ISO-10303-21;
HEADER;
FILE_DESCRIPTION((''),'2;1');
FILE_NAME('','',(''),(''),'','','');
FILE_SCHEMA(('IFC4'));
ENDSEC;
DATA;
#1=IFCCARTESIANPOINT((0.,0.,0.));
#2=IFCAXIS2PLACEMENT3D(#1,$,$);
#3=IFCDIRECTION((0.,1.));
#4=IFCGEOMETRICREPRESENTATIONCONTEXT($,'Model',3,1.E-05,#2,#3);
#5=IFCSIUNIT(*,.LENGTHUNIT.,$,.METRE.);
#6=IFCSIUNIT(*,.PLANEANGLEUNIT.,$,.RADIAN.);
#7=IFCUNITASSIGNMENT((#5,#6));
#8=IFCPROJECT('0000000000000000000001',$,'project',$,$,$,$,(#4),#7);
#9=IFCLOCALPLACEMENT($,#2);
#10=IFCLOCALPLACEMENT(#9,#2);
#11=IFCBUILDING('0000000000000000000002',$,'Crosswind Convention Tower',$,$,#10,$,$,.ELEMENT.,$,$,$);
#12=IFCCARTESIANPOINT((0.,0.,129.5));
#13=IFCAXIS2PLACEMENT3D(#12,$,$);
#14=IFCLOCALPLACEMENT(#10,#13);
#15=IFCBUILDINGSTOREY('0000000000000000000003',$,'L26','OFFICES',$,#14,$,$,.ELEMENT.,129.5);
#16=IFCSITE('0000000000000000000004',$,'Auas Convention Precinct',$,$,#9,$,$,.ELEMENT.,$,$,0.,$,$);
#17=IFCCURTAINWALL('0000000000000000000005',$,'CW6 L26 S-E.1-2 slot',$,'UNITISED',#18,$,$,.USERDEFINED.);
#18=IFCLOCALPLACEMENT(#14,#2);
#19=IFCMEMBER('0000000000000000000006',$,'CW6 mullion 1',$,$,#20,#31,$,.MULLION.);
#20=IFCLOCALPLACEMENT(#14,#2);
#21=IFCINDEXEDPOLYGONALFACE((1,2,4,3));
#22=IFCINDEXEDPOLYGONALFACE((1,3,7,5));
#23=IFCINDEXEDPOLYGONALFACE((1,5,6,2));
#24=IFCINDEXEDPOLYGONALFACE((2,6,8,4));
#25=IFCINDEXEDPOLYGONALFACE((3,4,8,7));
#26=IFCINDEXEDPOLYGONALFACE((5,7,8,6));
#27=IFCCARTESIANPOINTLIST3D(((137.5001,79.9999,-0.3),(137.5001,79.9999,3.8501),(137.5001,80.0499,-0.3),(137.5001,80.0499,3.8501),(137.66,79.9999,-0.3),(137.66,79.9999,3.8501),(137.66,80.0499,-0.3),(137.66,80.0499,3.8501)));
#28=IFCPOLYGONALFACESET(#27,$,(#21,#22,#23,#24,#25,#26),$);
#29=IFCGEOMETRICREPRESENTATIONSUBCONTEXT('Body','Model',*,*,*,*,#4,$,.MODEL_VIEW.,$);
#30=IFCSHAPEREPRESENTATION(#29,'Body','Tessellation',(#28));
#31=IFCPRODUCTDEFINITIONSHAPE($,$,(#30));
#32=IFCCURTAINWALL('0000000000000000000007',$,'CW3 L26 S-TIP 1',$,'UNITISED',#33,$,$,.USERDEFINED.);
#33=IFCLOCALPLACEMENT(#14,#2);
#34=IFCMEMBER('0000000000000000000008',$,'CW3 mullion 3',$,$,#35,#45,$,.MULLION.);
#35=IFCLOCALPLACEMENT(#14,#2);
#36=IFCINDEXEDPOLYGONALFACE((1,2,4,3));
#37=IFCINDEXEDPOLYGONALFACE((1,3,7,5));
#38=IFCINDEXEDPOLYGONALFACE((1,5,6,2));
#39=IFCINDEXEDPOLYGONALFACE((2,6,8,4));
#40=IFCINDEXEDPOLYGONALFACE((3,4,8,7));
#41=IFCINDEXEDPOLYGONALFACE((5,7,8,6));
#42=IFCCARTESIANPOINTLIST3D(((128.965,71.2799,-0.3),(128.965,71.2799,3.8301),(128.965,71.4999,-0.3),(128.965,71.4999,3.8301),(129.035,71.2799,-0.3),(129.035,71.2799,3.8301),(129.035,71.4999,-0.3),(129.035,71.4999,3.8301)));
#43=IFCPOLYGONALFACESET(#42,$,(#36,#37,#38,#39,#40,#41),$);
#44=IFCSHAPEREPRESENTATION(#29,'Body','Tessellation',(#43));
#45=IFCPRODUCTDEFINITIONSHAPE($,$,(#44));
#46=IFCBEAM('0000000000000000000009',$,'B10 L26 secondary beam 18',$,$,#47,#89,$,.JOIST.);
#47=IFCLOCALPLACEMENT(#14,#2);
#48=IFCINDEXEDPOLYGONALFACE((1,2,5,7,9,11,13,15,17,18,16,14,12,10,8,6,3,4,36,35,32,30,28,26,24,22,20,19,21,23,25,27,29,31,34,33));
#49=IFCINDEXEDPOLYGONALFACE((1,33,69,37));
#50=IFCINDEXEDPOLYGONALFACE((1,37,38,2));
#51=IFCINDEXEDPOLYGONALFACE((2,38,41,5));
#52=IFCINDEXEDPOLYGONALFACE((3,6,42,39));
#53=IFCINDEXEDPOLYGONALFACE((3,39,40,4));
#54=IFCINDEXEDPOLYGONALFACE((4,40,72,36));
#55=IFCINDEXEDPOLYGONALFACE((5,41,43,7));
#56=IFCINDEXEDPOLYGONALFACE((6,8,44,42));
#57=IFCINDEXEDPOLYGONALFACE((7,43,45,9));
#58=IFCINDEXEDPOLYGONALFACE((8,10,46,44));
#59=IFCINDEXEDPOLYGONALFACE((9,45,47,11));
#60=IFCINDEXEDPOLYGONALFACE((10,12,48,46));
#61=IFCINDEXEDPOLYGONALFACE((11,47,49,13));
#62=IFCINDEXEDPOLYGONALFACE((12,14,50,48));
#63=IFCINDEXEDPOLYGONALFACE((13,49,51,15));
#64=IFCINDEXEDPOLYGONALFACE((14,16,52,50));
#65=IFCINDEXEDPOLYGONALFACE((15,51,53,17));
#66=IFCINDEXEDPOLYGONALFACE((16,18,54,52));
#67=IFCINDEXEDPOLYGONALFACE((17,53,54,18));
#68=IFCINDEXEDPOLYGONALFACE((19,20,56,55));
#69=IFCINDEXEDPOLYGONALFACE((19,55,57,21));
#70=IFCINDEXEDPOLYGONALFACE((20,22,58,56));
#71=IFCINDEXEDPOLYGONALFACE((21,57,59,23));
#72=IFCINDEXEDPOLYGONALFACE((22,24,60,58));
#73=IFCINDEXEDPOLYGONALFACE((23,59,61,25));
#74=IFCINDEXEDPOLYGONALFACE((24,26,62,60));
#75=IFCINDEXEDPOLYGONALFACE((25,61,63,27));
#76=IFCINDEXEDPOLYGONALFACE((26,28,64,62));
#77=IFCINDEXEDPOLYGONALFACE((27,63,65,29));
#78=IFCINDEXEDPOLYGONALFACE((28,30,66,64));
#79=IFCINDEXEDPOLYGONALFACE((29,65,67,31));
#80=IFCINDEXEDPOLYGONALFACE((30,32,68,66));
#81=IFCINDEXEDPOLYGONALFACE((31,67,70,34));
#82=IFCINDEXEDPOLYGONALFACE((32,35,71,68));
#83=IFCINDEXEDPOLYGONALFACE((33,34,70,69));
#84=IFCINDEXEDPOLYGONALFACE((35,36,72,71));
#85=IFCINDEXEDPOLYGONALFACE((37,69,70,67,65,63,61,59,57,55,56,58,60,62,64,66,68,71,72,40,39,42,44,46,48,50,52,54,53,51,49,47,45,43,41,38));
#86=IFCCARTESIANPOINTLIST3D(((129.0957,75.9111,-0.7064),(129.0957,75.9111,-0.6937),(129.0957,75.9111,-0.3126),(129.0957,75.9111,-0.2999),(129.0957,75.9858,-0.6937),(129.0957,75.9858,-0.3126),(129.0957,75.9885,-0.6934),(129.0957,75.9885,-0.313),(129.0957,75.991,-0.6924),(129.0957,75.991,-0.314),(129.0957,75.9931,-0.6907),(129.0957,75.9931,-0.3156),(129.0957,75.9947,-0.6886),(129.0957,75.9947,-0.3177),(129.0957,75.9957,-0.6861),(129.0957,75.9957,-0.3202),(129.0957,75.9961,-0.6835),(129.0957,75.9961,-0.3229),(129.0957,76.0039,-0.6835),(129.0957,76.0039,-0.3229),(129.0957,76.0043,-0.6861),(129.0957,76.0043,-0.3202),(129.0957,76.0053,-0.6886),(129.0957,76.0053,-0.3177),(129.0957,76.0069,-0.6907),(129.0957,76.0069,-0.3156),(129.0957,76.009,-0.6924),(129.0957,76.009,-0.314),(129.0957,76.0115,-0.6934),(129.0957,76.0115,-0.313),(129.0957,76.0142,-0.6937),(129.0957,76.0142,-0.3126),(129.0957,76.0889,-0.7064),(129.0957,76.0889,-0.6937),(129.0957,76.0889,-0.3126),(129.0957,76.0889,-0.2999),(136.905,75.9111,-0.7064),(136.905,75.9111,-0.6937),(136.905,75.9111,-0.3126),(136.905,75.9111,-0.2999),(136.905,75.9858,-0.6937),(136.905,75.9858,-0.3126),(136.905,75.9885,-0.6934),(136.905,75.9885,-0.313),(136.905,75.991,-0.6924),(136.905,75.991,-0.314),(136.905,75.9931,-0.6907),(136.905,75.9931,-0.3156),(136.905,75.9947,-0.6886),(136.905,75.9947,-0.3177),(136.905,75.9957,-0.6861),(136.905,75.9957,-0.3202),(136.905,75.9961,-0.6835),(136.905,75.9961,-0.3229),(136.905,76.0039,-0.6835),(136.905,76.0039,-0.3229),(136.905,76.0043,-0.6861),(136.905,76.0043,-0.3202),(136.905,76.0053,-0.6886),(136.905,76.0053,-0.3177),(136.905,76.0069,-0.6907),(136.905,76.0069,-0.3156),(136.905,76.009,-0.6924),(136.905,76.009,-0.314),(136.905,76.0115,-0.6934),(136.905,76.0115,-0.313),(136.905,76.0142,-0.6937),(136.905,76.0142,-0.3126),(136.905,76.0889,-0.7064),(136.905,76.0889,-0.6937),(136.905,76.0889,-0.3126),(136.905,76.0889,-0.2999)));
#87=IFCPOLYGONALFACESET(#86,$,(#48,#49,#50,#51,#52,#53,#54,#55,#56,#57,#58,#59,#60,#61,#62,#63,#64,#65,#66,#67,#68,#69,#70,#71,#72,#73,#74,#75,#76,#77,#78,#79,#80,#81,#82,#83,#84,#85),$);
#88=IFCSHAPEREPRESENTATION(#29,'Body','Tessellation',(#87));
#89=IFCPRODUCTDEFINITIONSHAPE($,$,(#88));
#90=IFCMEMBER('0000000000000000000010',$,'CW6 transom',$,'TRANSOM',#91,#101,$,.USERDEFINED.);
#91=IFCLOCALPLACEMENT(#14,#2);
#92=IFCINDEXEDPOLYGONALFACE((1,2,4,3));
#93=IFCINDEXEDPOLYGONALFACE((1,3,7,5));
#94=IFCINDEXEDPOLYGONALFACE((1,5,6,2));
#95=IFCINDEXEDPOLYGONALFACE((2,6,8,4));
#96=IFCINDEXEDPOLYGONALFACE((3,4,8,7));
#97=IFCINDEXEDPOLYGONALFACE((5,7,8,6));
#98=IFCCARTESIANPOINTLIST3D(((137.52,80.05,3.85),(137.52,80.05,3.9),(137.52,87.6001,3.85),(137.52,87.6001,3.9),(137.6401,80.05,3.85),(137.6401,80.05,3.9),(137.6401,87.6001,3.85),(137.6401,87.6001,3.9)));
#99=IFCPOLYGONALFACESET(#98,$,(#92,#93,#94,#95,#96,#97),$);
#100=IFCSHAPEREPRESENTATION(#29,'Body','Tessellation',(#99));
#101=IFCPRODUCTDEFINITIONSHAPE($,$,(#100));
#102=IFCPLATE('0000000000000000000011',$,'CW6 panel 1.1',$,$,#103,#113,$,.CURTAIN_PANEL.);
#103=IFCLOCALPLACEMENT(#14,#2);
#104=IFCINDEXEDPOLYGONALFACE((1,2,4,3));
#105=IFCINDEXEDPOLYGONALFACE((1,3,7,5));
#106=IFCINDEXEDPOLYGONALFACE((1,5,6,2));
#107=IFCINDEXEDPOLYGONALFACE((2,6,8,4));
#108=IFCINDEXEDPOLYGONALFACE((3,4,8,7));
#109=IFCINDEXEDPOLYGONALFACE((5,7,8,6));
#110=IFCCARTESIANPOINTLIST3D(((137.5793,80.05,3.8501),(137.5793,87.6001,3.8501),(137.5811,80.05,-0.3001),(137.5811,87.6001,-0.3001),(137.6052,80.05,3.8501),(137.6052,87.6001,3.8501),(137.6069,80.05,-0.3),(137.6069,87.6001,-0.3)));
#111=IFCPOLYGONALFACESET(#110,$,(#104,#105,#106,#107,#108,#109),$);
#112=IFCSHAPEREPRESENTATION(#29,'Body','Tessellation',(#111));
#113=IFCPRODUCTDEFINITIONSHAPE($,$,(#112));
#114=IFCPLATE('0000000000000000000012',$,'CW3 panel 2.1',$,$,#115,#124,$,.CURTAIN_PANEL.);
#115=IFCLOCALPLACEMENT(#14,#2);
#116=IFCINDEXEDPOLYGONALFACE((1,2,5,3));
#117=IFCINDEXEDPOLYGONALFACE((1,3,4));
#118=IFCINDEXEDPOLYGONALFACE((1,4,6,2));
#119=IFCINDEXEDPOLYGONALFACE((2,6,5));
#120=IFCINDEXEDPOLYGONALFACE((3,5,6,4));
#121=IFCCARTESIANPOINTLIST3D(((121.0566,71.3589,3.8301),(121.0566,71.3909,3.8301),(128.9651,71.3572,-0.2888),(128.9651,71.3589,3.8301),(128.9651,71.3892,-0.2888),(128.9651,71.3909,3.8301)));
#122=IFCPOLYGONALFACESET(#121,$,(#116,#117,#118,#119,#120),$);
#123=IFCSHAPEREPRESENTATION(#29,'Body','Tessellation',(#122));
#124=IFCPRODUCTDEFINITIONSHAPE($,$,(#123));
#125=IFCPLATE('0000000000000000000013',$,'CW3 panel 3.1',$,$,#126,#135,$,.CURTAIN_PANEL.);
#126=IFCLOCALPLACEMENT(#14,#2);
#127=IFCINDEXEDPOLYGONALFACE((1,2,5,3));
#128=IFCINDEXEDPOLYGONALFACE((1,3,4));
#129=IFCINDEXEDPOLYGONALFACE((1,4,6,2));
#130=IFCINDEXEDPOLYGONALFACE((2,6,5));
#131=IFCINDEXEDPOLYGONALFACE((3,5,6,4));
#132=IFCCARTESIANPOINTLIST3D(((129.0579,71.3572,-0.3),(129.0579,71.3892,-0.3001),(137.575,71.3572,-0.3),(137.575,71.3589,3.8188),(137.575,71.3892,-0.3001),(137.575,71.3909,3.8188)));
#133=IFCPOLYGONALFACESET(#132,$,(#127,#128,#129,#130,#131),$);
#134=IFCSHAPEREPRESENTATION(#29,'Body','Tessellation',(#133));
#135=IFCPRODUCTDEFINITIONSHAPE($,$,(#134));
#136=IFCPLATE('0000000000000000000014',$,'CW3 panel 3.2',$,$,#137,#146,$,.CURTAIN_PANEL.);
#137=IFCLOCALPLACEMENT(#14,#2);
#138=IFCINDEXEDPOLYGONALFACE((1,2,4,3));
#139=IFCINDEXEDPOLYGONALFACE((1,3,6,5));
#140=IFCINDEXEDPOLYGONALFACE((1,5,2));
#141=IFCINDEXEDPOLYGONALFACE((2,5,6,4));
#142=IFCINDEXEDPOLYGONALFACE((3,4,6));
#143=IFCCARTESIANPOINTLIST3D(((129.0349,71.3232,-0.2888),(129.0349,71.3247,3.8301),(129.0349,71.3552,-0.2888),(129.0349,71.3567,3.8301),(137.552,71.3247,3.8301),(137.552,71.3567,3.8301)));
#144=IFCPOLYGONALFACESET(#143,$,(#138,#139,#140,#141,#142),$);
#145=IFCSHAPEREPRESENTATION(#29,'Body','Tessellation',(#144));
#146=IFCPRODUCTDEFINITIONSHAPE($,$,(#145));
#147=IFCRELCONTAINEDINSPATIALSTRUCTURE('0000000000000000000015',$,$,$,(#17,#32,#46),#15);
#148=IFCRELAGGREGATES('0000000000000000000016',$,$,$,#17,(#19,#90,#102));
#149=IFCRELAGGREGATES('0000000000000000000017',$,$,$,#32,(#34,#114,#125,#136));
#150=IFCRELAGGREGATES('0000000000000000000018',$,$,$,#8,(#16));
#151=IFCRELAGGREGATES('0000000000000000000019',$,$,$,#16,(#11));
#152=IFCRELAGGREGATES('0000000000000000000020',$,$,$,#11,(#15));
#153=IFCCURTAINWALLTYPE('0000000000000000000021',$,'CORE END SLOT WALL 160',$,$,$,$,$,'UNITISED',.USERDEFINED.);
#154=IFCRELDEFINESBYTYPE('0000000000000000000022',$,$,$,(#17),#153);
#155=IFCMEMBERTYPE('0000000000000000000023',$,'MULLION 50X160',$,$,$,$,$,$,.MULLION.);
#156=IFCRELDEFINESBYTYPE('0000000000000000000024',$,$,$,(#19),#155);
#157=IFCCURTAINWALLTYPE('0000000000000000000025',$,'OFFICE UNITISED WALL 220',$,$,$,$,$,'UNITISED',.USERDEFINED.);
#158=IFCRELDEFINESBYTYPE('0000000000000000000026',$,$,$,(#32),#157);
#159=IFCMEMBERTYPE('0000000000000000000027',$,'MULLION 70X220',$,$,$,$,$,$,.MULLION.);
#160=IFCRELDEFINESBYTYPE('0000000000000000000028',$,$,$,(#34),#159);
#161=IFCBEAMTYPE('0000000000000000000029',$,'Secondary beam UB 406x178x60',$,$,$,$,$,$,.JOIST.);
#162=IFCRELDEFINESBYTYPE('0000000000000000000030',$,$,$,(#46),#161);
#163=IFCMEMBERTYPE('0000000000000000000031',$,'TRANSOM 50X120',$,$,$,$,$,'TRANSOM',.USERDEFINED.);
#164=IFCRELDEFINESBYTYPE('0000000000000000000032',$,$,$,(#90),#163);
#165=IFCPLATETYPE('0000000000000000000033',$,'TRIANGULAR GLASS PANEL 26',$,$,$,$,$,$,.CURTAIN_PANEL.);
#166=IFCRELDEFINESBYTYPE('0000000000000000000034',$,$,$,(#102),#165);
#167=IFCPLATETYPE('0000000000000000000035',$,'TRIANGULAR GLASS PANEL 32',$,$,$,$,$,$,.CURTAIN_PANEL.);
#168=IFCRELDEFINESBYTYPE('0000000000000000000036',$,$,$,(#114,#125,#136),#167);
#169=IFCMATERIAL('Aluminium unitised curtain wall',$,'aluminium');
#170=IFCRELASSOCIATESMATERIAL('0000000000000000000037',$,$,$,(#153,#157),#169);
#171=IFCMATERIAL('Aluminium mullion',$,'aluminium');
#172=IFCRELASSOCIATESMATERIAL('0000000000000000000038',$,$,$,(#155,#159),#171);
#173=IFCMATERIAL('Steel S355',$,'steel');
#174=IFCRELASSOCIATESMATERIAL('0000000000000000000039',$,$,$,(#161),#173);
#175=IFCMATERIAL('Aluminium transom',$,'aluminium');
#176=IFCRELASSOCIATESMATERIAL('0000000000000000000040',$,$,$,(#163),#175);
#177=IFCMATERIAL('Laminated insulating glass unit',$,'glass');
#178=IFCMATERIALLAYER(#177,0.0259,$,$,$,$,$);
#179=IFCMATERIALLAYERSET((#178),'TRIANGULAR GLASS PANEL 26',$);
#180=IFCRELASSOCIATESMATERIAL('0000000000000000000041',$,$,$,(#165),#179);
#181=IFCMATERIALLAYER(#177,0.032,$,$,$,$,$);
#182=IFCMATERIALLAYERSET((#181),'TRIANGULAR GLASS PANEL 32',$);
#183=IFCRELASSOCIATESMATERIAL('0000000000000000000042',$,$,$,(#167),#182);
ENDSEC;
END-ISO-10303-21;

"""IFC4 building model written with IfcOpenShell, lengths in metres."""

from ifc_helpers import new_model, si_unit, direction, frame, origin, origin_2d, place, context, subcontext, project, spatial, polyline, rectangle, i_section, outline, extrude, material, layer, layer_set, material_profile, profile_set, type_object, element, aggregate, save


model = new_model("IFC4")

# Units and contexts
model_context = context("Model", 3, precision=1e-05, world=origin(), true_north=direction((0.0, 1.0)))
body_context = subcontext(model_context, "Body", "Model", "MODEL_VIEW")
ifc_project = project(units=[si_unit("LENGTHUNIT", "METRE"), si_unit("PLANEANGLEUNIT", "RADIAN")], contexts=[model_context])

# Site, building, storey
site_placement = place(None, origin())
site = spatial("IfcSite", under=ifc_project, at=site_placement, Name="Auas Convention Precinct", CompositionType="ELEMENT", RefElevation=0.0)
building_placement = place(site_placement, origin())
building = spatial("IfcBuilding", under=site, at=building_placement, Name="Crosswind Convention Tower", CompositionType="ELEMENT")
storey_placement = place(building_placement, frame((0.0, 0.0, 129.5)))
storey = spatial("IfcBuildingStorey", under=building, at=storey_placement, Name="L26", Description="OFFICES", CompositionType="ELEMENT", Elevation=129.5)

# Shared definitions
ifc_material_1 = material(Name="Steel S355", Category="steel")

# Curtain walls, members
ifc_material_2 = material(Name="Aluminium unitised curtain wall", Category="aluminium")
curtain_wall_type_1 = type_object("IfcCurtainWallType", Name="CORE END SLOT WALL 160", ElementType="UNITISED", PredefinedType="USERDEFINED", material=ifc_material_2)
curtain_wall_1_placement = place(storey_placement, origin())
curtain_wall_1 = element("IfcCurtainWall", 1, at=curtain_wall_1_placement, inside=storey, type_object=curtain_wall_type_1, Name="CW6 L26 S-E.1-2 slot", ObjectType="UNITISED", PredefinedType="USERDEFINED")
ifc_material_3 = material(Name="Aluminium mullion", Category="aluminium")
ifc_material_profile_1 = material_profile(ifc_material_3, rectangle(XDim=0.1599, YDim=0.05, at=origin_2d()), Name="AL 160X50")
ifc_profile_set_1 = profile_set([ifc_material_profile_1], Name="Aluminium mullion")
member_type_1 = type_object("IfcMemberType", Name="MULLION 50X160", PredefinedType="MULLION", material=ifc_profile_set_1)
member_1_placement = place(storey_placement, frame((137.5801, 80.0249, -0.3), z_axis=(0.0, 0.0, 1.0), x_axis=(1.0, 0.0, 0.0)))
member_1 = element("IfcMember", 2, at=member_1_placement, type_object=member_type_1, Name="CW6 mullion 1", PredefinedType="MULLION", context=body_context, shape_type="SweptSolid", body=[
    extrude(rectangle(XDim=0.1599, YDim=0.05, at=origin_2d()), origin(), (0.0, 0.0, 1.0), 4.1501),
])
curtain_wall_type_2 = type_object("IfcCurtainWallType", Name="OFFICE UNITISED WALL 220", ElementType="UNITISED", PredefinedType="USERDEFINED", material=ifc_material_2)
curtain_wall_2_placement = place(storey_placement, origin())
curtain_wall_2 = element("IfcCurtainWall", 3, at=curtain_wall_2_placement, inside=storey, type_object=curtain_wall_type_2, Name="CW3 L26 S-TIP 1", ObjectType="UNITISED", PredefinedType="USERDEFINED")
ifc_material_profile_2 = material_profile(ifc_material_3, rectangle(XDim=0.22, YDim=0.0701, at=origin_2d()), Name="AL 220X70")
ifc_profile_set_2 = profile_set([ifc_material_profile_2], Name="Aluminium mullion")
member_type_2 = type_object("IfcMemberType", Name="MULLION 70X220", PredefinedType="MULLION", material=ifc_profile_set_2)
member_2_placement = place(storey_placement, frame((129.0, 71.3899, -0.3), z_axis=(0.0, 0.0, 1.0), x_axis=(0.0, -1.0, 0.0)))
member_2 = element("IfcMember", 4, at=member_2_placement, type_object=member_type_2, Name="CW3 mullion 3", PredefinedType="MULLION", context=body_context, shape_type="SweptSolid", body=[
    extrude(rectangle(XDim=0.22, YDim=0.0701, at=origin_2d()), origin(), (0.0, 0.0, 1.0), 4.1301),
])

# Beam
ifc_material_profile_3 = material_profile(ifc_material_1, i_section(OverallWidth=0.1777, OverallDepth=0.4065, WebThickness=0.0078, FlangeThickness=0.0127, FilletRadius=0.0103, at=origin_2d()), Name="UB 406x178x60")
ifc_profile_set_3 = profile_set([ifc_material_profile_3], Name="Steel S355")
beam_type_1 = type_object("IfcBeamType", Name="Secondary beam UB 406x178x60", PredefinedType="JOIST", material=ifc_profile_set_3)
beam_1_placement = place(storey_placement, frame((129.0957, 76.0, -0.5032), z_axis=(1.0, 0.0, 0.0), x_axis=(0.0, 1.0, 0.0)))
element("IfcBeam", 5, at=beam_1_placement, inside=storey, type_object=beam_type_1, Name="B10 L26 secondary beam 18", PredefinedType="JOIST", context=body_context, shape_type="SweptSolid", body=[
    extrude(i_section(OverallWidth=0.1777, OverallDepth=0.4065, WebThickness=0.0078, FlangeThickness=0.0127, FilletRadius=0.0103, at=origin_2d()), origin(), (0.0, 0.0, 1.0), 7.8093),
])

# Member
ifc_material_4 = material(Name="Aluminium transom", Category="aluminium")
ifc_material_profile_4 = material_profile(ifc_material_4, rectangle(XDim=0.1201, YDim=0.05, at=origin_2d()), Name="AL 120X50")
ifc_profile_set_4 = profile_set([ifc_material_profile_4], Name="Aluminium transom")
member_type_3 = type_object("IfcMemberType", Name="TRANSOM 50X120", ElementType="TRANSOM", PredefinedType="USERDEFINED", material=ifc_profile_set_4)
member_3_placement = place(storey_placement, frame((137.5801, 80.05, 3.875), z_axis=(0.0, 1.0, 0.0), x_axis=(-1.0, 0.0, 0.0)))
member_3 = element("IfcMember", 6, at=member_3_placement, type_object=member_type_3, Name="CW6 transom", ObjectType="TRANSOM", PredefinedType="USERDEFINED", context=body_context, shape_type="SweptSolid", body=[
    extrude(rectangle(XDim=0.1201, YDim=0.05, at=origin_2d()), origin(), (0.0, 0.0, 1.0), 7.55),
])

# Plates
ifc_material_5 = material(Name="Laminated insulating glass unit", Category="glass")
ifc_layer_1 = layer(ifc_material_5, 0.0259)
ifc_layer_set_1 = layer_set([ifc_layer_1], Name="TRIANGULAR GLASS PANEL 26")
plate_type_1 = type_object("IfcPlateType", Name="TRIANGULAR GLASS PANEL 26", PredefinedType="CURTAIN_PANEL", material=ifc_layer_set_1)
plate_1_placement = place(storey_placement, frame((137.6069, 80.05, -0.3), z_axis=(1.0, 0.0, 0.000412), x_axis=(0.0, 1.0, 0.0)))
plate_1 = element("IfcPlate", 7, at=plate_1_placement, type_object=plate_type_1, Name="CW6 panel 1.1", PredefinedType="CURTAIN_PANEL", context=body_context, shape_type="SweptSolid", body=[
    extrude(outline(polyline([(0.0, 0.0), (7.55, 0.0), (7.55, 4.1501), (0.0, 4.1501), (0.0, 0.0)])), origin(), (0.0, 0.0, -1.0), 0.0259),
])
aggregate(curtain_wall_1, [member_1, member_3, plate_1])
ifc_layer_2 = layer(ifc_material_5, 0.032)
ifc_layer_set_2 = layer_set([ifc_layer_2], Name="TRIANGULAR GLASS PANEL 32")
plate_type_2 = type_object("IfcPlateType", Name="TRIANGULAR GLASS PANEL 32", PredefinedType="CURTAIN_PANEL", material=ifc_layer_set_2)
plate_2_placement = place(storey_placement, frame((128.9651, 71.3589, 3.8301), z_axis=(0.0, -1.0, 0.000415), x_axis=(-1.0, 0.0, 0.0)))
plate_2 = element("IfcPlate", 8, at=plate_2_placement, type_object=plate_type_2, Name="CW3 panel 2.1", PredefinedType="CURTAIN_PANEL", context=body_context, shape_type="SweptSolid", body=[
    extrude(outline(polyline([(0.0, 0.0), (7.9084, 0.0), (0.0, 4.1189), (0.0, 0.0)])), origin(), (0.0, 0.0, -1.0), 0.032),
])
plate_3_placement = place(storey_placement, frame((137.575, 71.3572, -0.3), z_axis=(0.0, -1.0, 0.000415), x_axis=(0.0, 0.000415, 1.0)))
plate_3 = element("IfcPlate", 9, at=plate_3_placement, type_object=plate_type_2, Name="CW3 panel 3.1", PredefinedType="CURTAIN_PANEL", context=body_context, shape_type="SweptSolid", body=[
    extrude(outline(polyline([(0.0, 0.0), (4.1189, 0.0), (0.0, 8.5171), (0.0, 0.0)])), origin(), (0.0, 0.0, -1.0), 0.032),
])
plate_4_placement = place(storey_placement, frame((129.0349, 71.3247, 3.8301), z_axis=(0.0, -1.0, 0.000356), x_axis=(0.0, -0.000356, -1.0)))
plate_4 = element("IfcPlate", 10, at=plate_4_placement, type_object=plate_type_2, Name="CW3 panel 3.2", PredefinedType="CURTAIN_PANEL", context=body_context, shape_type="SweptSolid", body=[
    extrude(outline(polyline([(0.0, 0.0), (4.1189, 0.0), (0.0, 8.5171), (0.0, 0.0)])), origin(), (0.0, 0.0, -1.0), 0.032),
])
aggregate(curtain_wall_2, [member_2, plate_2, plate_3, plate_4])

save(model, "model.ifc")
